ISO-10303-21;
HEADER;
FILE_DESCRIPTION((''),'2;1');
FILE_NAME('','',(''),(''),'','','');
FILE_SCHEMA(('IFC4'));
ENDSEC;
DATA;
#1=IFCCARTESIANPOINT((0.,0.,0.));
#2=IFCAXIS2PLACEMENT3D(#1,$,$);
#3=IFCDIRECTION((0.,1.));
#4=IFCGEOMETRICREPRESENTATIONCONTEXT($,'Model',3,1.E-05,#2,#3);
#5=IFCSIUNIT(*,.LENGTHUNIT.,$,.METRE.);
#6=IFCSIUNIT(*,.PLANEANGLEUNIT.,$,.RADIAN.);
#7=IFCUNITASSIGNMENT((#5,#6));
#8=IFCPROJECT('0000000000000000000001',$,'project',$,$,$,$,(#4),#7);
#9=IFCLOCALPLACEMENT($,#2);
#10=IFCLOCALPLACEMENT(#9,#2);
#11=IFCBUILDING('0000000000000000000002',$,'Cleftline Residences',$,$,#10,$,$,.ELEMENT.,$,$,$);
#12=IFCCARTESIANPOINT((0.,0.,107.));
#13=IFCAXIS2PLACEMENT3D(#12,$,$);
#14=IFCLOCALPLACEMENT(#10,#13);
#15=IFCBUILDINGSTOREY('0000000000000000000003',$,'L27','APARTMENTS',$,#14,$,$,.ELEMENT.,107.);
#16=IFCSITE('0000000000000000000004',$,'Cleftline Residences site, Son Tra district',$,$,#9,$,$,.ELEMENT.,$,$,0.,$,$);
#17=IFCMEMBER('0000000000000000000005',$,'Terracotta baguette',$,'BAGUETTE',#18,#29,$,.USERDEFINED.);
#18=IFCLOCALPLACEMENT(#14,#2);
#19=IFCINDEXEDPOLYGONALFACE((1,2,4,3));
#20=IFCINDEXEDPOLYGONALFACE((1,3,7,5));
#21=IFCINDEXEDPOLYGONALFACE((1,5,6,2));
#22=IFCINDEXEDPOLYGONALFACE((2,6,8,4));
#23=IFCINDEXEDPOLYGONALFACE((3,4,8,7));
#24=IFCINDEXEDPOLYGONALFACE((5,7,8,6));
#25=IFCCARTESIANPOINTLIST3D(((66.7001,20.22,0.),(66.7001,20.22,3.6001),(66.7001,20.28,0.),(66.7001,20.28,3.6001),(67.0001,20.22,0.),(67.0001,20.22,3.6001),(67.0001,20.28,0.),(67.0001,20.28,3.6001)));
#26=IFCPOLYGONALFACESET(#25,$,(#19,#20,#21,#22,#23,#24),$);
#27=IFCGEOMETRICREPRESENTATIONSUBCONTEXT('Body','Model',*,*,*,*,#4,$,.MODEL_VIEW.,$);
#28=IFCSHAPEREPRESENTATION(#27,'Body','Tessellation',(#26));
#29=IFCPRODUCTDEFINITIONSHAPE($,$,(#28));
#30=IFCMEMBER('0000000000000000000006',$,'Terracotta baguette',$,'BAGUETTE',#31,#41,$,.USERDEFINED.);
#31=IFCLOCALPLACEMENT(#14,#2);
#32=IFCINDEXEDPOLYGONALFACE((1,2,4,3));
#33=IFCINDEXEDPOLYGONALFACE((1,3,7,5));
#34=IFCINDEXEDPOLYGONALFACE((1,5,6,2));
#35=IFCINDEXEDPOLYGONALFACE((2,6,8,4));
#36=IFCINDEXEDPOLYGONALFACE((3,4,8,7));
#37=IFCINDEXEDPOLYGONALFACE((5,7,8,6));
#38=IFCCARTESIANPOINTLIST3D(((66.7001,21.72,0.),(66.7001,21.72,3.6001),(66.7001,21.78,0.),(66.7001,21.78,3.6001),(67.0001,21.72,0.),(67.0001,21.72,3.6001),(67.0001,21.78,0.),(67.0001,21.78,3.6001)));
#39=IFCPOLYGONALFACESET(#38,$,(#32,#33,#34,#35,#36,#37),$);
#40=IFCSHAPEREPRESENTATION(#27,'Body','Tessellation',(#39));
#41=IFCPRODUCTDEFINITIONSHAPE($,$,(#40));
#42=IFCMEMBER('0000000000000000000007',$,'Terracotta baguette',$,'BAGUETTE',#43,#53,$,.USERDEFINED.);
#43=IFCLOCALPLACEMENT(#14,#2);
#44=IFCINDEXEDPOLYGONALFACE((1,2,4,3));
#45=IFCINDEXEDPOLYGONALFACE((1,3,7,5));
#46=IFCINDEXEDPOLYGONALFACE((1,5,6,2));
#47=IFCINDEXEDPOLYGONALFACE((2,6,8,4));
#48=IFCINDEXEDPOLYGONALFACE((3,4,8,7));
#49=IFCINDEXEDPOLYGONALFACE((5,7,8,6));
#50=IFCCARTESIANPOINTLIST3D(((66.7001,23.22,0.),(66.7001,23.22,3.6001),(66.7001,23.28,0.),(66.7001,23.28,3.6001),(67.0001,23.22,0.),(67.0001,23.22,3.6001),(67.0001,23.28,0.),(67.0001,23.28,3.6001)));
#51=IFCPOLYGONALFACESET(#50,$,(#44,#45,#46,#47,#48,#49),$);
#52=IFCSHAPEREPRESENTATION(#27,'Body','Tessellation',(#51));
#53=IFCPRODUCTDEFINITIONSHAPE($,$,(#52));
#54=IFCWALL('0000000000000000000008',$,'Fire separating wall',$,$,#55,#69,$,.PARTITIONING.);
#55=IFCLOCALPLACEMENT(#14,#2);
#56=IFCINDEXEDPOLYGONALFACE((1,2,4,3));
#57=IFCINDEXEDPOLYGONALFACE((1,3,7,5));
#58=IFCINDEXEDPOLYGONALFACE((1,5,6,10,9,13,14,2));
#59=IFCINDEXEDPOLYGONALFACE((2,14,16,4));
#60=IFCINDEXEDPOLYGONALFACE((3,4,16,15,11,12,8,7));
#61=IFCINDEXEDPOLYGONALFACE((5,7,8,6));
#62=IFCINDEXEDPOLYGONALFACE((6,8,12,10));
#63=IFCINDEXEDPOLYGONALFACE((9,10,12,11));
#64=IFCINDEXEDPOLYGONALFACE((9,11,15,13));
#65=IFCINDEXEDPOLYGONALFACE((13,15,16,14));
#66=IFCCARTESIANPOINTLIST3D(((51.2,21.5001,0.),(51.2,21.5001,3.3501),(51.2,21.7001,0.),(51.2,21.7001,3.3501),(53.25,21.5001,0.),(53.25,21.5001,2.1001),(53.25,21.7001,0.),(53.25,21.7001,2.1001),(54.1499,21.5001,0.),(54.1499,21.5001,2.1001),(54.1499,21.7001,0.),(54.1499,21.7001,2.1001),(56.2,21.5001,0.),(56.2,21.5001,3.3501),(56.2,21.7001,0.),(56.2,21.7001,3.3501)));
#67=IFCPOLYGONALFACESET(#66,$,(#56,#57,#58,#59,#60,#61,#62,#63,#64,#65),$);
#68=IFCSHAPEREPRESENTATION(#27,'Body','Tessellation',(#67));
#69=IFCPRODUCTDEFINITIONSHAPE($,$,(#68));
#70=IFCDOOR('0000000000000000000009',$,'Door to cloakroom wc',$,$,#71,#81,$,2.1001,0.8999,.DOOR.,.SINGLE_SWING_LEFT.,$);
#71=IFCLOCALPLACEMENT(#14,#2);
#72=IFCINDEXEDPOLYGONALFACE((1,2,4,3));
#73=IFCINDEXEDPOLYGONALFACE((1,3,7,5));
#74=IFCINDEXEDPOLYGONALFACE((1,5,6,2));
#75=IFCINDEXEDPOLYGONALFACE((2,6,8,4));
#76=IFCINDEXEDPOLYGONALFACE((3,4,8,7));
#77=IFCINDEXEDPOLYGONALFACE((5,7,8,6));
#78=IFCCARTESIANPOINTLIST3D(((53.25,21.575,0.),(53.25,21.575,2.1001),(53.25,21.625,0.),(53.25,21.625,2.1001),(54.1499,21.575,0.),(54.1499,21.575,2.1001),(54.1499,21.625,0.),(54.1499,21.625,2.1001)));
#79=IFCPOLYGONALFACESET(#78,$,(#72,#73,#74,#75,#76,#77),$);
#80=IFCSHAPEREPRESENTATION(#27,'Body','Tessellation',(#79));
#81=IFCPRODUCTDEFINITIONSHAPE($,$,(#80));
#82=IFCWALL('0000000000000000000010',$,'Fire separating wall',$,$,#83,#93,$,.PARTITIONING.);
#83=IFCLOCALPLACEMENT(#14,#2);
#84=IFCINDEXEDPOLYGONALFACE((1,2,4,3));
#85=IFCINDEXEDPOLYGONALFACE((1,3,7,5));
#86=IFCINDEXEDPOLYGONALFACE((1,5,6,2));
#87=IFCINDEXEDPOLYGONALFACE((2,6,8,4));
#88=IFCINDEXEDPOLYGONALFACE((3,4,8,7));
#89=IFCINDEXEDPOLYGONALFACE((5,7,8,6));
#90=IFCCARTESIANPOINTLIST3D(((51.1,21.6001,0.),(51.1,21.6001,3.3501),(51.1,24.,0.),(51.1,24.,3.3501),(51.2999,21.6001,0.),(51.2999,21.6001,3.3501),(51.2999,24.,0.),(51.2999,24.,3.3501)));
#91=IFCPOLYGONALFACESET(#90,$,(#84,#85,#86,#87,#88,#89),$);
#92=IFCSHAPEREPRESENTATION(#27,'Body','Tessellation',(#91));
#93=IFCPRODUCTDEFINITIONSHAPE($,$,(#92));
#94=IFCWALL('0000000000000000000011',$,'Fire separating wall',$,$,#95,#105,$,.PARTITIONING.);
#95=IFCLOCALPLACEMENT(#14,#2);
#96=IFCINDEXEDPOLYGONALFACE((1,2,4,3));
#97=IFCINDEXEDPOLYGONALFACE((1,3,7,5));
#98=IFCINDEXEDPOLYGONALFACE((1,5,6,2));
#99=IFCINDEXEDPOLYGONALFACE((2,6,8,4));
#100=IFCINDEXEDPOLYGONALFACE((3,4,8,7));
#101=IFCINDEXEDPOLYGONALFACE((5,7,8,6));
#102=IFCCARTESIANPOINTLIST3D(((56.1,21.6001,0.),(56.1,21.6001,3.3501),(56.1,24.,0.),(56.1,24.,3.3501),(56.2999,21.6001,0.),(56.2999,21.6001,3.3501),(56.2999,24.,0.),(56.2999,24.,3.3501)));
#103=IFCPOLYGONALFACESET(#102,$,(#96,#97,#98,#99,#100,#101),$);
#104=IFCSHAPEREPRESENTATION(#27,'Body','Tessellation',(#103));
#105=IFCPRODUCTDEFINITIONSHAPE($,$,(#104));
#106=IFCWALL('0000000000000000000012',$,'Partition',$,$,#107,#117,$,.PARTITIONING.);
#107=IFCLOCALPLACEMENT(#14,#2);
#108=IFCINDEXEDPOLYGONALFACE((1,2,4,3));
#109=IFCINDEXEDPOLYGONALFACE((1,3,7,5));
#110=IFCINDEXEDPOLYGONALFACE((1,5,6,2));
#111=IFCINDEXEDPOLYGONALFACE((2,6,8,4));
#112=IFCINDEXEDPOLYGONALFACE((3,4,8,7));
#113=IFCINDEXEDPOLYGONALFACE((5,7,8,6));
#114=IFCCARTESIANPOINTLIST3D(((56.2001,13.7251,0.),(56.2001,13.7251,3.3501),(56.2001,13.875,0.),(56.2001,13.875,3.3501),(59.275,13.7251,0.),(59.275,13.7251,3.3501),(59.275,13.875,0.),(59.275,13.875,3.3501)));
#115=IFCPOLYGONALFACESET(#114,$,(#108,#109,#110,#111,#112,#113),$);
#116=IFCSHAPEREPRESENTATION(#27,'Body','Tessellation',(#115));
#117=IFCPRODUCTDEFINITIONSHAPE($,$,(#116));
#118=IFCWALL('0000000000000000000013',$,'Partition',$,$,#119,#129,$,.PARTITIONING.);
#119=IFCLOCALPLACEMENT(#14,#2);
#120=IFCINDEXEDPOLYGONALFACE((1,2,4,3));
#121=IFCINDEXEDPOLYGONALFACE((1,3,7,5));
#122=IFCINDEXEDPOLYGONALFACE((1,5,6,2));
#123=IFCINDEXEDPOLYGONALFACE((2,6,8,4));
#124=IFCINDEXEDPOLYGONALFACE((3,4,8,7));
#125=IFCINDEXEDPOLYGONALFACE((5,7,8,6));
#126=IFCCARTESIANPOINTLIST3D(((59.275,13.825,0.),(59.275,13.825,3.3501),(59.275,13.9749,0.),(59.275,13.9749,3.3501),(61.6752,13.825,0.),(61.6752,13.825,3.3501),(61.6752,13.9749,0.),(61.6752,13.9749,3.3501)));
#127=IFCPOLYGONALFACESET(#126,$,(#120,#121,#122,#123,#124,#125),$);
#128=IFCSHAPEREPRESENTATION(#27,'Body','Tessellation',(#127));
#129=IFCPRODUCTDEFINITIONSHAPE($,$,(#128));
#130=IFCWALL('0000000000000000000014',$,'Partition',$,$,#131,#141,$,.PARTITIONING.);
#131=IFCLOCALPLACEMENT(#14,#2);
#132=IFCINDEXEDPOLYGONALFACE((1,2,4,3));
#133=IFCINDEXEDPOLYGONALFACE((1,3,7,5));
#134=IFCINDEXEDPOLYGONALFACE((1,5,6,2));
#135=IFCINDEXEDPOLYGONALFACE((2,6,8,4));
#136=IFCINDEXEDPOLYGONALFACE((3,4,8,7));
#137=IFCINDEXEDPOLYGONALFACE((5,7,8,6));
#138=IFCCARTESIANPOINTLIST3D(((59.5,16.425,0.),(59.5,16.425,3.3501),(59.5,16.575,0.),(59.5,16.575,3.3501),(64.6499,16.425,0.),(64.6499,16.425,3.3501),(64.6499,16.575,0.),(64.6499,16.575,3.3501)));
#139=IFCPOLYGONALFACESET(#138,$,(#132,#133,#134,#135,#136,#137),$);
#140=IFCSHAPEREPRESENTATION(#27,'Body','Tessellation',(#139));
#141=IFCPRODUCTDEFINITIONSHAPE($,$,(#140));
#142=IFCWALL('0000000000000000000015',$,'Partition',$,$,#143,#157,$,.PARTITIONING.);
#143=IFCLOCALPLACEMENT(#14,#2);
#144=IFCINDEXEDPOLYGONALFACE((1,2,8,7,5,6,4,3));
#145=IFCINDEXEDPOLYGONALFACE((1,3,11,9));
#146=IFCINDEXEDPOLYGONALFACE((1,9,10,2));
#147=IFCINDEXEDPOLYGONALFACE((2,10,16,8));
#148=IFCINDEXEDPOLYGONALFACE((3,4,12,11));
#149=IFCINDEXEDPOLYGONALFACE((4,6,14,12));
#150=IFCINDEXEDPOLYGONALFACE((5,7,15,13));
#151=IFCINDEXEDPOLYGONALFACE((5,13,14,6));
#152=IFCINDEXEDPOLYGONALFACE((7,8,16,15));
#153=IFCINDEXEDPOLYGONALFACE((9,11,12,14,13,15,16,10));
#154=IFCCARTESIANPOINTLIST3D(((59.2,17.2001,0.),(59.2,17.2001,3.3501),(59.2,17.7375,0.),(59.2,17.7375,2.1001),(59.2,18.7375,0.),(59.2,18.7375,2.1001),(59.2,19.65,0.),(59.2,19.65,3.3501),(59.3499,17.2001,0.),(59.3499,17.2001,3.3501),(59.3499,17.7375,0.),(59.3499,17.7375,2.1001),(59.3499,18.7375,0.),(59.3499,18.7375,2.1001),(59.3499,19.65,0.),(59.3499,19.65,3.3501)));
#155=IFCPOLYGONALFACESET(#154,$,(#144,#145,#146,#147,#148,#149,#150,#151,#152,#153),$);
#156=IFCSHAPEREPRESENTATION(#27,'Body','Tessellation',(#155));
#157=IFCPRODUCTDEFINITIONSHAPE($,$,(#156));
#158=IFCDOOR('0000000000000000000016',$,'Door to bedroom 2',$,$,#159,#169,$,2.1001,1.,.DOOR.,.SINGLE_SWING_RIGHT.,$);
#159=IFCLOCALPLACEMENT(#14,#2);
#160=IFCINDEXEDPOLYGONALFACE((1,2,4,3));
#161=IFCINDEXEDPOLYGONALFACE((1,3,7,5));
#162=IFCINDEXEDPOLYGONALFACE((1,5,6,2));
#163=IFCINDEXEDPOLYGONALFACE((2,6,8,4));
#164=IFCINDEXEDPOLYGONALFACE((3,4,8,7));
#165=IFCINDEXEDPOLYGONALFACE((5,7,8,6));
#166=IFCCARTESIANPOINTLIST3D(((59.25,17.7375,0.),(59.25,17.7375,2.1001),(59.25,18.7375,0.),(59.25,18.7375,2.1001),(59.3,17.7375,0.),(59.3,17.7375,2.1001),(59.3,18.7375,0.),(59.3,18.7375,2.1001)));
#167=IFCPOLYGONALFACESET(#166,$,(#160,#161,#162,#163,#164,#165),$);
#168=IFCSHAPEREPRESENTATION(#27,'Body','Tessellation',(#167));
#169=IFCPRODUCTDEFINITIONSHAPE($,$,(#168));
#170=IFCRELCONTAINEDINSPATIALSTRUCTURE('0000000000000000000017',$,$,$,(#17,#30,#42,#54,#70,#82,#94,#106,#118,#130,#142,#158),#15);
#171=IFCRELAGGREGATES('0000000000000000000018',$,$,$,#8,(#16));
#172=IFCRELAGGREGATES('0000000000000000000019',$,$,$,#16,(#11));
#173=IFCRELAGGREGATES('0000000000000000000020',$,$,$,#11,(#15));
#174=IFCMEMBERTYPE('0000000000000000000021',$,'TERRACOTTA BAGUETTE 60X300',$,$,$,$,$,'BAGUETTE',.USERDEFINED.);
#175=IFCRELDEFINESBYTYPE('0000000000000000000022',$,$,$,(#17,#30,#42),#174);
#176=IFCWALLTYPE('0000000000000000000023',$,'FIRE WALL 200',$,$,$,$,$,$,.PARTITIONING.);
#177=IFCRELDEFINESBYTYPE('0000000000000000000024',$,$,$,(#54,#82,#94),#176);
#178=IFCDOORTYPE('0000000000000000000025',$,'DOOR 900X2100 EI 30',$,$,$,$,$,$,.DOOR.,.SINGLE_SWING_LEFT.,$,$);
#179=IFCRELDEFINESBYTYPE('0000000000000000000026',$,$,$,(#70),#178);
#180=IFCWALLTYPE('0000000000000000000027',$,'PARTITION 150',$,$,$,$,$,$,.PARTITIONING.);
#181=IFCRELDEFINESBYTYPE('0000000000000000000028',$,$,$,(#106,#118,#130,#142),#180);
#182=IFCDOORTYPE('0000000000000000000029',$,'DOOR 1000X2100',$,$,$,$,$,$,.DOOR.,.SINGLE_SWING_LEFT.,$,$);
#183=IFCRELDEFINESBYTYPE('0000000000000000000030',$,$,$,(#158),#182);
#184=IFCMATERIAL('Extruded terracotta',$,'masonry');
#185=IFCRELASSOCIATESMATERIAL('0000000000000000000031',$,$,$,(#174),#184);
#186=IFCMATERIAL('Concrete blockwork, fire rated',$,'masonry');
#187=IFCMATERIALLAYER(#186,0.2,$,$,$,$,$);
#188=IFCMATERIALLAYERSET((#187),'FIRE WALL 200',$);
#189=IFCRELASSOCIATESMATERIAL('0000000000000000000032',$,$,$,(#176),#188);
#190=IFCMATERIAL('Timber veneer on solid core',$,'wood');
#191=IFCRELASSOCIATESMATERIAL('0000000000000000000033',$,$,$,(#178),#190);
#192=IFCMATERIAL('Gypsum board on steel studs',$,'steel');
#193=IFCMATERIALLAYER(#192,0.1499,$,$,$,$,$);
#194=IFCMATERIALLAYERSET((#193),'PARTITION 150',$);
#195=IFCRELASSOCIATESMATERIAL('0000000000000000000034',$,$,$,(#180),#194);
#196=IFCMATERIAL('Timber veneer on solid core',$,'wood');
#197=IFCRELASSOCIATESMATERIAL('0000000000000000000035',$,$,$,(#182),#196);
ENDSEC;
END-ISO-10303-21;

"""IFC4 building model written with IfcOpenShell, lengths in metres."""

from ifc_helpers import new_model, si_unit, direction, frame, frame_2d, origin, origin_2d, place, context, subcontext, project, spatial, rectangle, extrude, material, layer, layer_set, material_profile, profile_set, type_object, element, fill, save


model = new_model("IFC4")

# Units and contexts
model_context = context("Model", 3, precision=1e-05, world=origin(), true_north=direction((0.0, 1.0)))
body_context = subcontext(model_context, "Body", "Model", "MODEL_VIEW")
ifc_project = project(units=[si_unit("LENGTHUNIT", "METRE"), si_unit("PLANEANGLEUNIT", "RADIAN")], contexts=[model_context])

# Site, building, storey
site_placement = place(None, origin())
site = spatial("IfcSite", under=ifc_project, at=site_placement, Name="Cleftline Residences site, Son Tra district", CompositionType="ELEMENT", RefElevation=0.0)
building_placement = place(site_placement, origin())
building = spatial("IfcBuilding", under=site, at=building_placement, Name="Cleftline Residences", CompositionType="ELEMENT")
storey_placement = place(building_placement, frame((0.0, 0.0, 107.0)))
storey = spatial("IfcBuildingStorey", under=building, at=storey_placement, Name="L27", Description="APARTMENTS", CompositionType="ELEMENT", Elevation=107.0)

# Members
ifc_material_1 = material(Name="Extruded terracotta", Category="masonry")
ifc_material_profile_1 = material_profile(ifc_material_1, rectangle(XDim=0.0601, YDim=0.3, at=origin_2d()))
ifc_profile_set_1 = profile_set([ifc_material_profile_1], Name="Extruded terracotta")
member_type_1 = type_object("IfcMemberType", Name="TERRACOTTA BAGUETTE 60X300", ElementType="BAGUETTE", PredefinedType="USERDEFINED", material=ifc_profile_set_1)
for number, where, z_axis, x_axis, name in (
    (1, (66.8501, 20.25, 0.0), (0.0, 0.0, 1.0), (0.0, 1.0, 0.0), "Terracotta baguette"),
    (2, (66.8501, 21.75, 0.0), (0.0, 0.0, 1.0), (0.0, 1.0, 0.0), "Terracotta baguette"),
    (3, (66.8501, 23.25, 0.0), (0.0, 0.0, 1.0), (0.0, 1.0, 0.0), "Terracotta baguette"),
):
    element("IfcMember", number, at=place(storey_placement, frame(where, z_axis=z_axis, x_axis=x_axis)), inside=storey, type_object=member_type_1, Name=name, ObjectType="BAGUETTE", PredefinedType="USERDEFINED", context=body_context, shape_type="SweptSolid", body=[
        extrude(rectangle(XDim=0.0601, YDim=0.3, at=origin_2d()), origin(), (0.0, 0.0, 1.0), 3.6001),
    ])

# Wall, opening, door
ifc_material_2 = material(Name="Concrete blockwork, fire rated", Category="masonry")
ifc_layer_1 = layer(ifc_material_2, 0.2)
ifc_layer_set_1 = layer_set([ifc_layer_1], Name="FIRE WALL 200")
wall_type_1 = type_object("IfcWallType", Name="FIRE WALL 200", PredefinedType="PARTITIONING", material=ifc_layer_set_1)
wall_1_placement = place(storey_placement, frame((51.2, 21.6001, 0.0), z_axis=(0.0, 0.0, 1.0), x_axis=(1.0, 0.0, 0.0)))
wall_1 = element("IfcWall", 4, at=wall_1_placement, inside=storey, type_object=wall_type_1, Name="Fire separating wall", PredefinedType="PARTITIONING", context=body_context, shape_type="SweptSolid", body=[
    extrude(rectangle(XDim=5.0, YDim=0.2, at=frame_2d((2.5, 0.0))), origin(), (0.0, 0.0, 1.0), 3.3501),
])
opening_1_placement = place(wall_1_placement, frame((2.05, 0.0, 0.0)))
opening_1 = element("IfcOpeningElement", 5, at=opening_1_placement, cuts=wall_1, PredefinedType="OPENING", context=body_context, shape_type="SweptSolid", body=[
    extrude(rectangle(XDim=0.8999, YDim=2.1001, at=frame_2d((0.45, 1.05))), frame((0.0, 0.1099, 0.0), z_axis=(0.0, -1.0, 0.0), x_axis=(1.0, 0.0, 0.0)), (0.0, 0.0, 1.0), 0.22),
])
ifc_material_3 = material(Name="Timber veneer on solid core", Category="wood")
door_type_1 = type_object("IfcDoorType", Name="DOOR 900X2100 EI 30", OperationType="SINGLE_SWING_LEFT", PredefinedType="DOOR", material=ifc_material_3)
door_1_placement = place(opening_1_placement, origin())
door_1 = element("IfcDoor", 6, at=door_1_placement, inside=storey, type_object=door_type_1, Name="Door to cloakroom wc", OperationType="SINGLE_SWING_LEFT", OverallHeight=2.1001, OverallWidth=0.8999, PredefinedType="DOOR", context=body_context, shape_type="SweptSolid", body=[
    extrude(rectangle(XDim=0.8999, YDim=2.1001, at=frame_2d((0.45, 1.05))), frame((0.0, 0.0249, 0.0), z_axis=(0.0, -1.0, 0.0), x_axis=(1.0, 0.0, 0.0)), (0.0, 0.0, 1.0), 0.05),
])
fill(opening_1, door_1)

# Walls
for number, where, z_axis, x_axis, name in (
    (7, (51.2, 21.6001, 0.0), (0.0, 0.0, 1.0), (0.0, 1.0, 0.0), "Fire separating wall"),
    (8, (56.2, 21.6001, 0.0), (0.0, 0.0, 1.0), (0.0, 1.0, 0.0), "Fire separating wall"),
):
    element("IfcWall", number, at=place(storey_placement, frame(where, z_axis=z_axis, x_axis=x_axis)), inside=storey, type_object=wall_type_1, Name=name, PredefinedType="PARTITIONING", context=body_context, shape_type="SweptSolid", body=[
        extrude(rectangle(XDim=2.3999, YDim=0.2, at=frame_2d((1.2, 0.0))), origin(), (0.0, 0.0, 1.0), 3.3501),
    ])
ifc_material_4 = material(Name="Gypsum board on steel studs", Category="steel")
ifc_layer_2 = layer(ifc_material_4, 0.1499)
ifc_layer_set_2 = layer_set([ifc_layer_2], Name="PARTITION 150")
wall_type_2 = type_object("IfcWallType", Name="PARTITION 150", PredefinedType="PARTITIONING", material=ifc_layer_set_2)
wall_2_placement = place(storey_placement, frame((56.2, 13.8, 0.0), z_axis=(0.0, 0.0, 1.0), x_axis=(1.0, 0.0, 0.0)))
element("IfcWall", 9, at=wall_2_placement, inside=storey, type_object=wall_type_2, Name="Partition", PredefinedType="PARTITIONING", context=body_context, shape_type="SweptSolid", body=[
    extrude(rectangle(XDim=3.075, YDim=0.1499, at=frame_2d((1.5376, 0.0))), origin(), (0.0, 0.0, 1.0), 3.3501),
])
wall_3_placement = place(storey_placement, frame((59.2749, 13.8999, 0.0), z_axis=(0.0, 0.0, 1.0), x_axis=(1.0, 0.0, 0.0)))
element("IfcWall", 10, at=wall_3_placement, inside=storey, type_object=wall_type_2, Name="Partition", PredefinedType="PARTITIONING", context=body_context, shape_type="SweptSolid", body=[
    extrude(rectangle(XDim=2.4001, YDim=0.1499, at=frame_2d((1.2002, 0.0))), origin(), (0.0, 0.0, 1.0), 3.3501),
])
wall_4_placement = place(storey_placement, frame((59.5, 16.5, 0.0), z_axis=(0.0, 0.0, 1.0), x_axis=(1.0, 0.0, 0.0)))
element("IfcWall", 11, at=wall_4_placement, inside=storey, type_object=wall_type_2, Name="Partition", PredefinedType="PARTITIONING", context=body_context, shape_type="SweptSolid", body=[
    extrude(rectangle(XDim=5.1499, YDim=0.1499, at=frame_2d((2.575, 0.0))), origin(), (0.0, 0.0, 1.0), 3.3501),
])

# Wall, opening, door
wall_5_placement = place(storey_placement, frame((59.2749, 17.2, 0.0), z_axis=(0.0, 0.0, 1.0), x_axis=(0.0, 1.0, 0.0)))
wall_5 = element("IfcWall", 12, at=wall_5_placement, inside=storey, type_object=wall_type_2, Name="Partition", PredefinedType="PARTITIONING", context=body_context, shape_type="SweptSolid", body=[
    extrude(rectangle(XDim=2.45, YDim=0.1499, at=frame_2d((1.2251, 0.0))), origin(), (0.0, 0.0, 1.0), 3.3501),
])
opening_2_placement = place(wall_5_placement, frame((0.5376, 0.0, 0.0)))
opening_2 = element("IfcOpeningElement", 13, at=opening_2_placement, cuts=wall_5, PredefinedType="OPENING", context=body_context, shape_type="SweptSolid", body=[
    extrude(rectangle(XDim=1.0, YDim=2.1001, at=frame_2d((0.5, 1.05))), frame((0.0, 0.085, 0.0), z_axis=(0.0, -1.0, 0.0), x_axis=(1.0, 0.0, 0.0)), (0.0, 0.0, 1.0), 0.1699),
])
ifc_material_5 = material(Name="Timber veneer on solid core", Category="wood")
door_type_2 = type_object("IfcDoorType", Name="DOOR 1000X2100", OperationType="SINGLE_SWING_LEFT", PredefinedType="DOOR", material=ifc_material_5)
door_2_placement = place(opening_2_placement, origin())
door_2 = element("IfcDoor", 14, at=door_2_placement, inside=storey, type_object=door_type_2, Name="Door to bedroom 2", OperationType="SINGLE_SWING_RIGHT", OverallHeight=2.1001, OverallWidth=1.0, PredefinedType="DOOR", context=body_context, shape_type="SweptSolid", body=[
    extrude(rectangle(XDim=1.0, YDim=2.1001, at=frame_2d((0.5, 1.05))), frame((0.0, 0.0249, 0.0), z_axis=(0.0, -1.0, 0.0), x_axis=(1.0, 0.0, 0.0)), (0.0, 0.0, 1.0), 0.05),
])
fill(opening_2, door_2)

save(model, "model.ifc")
